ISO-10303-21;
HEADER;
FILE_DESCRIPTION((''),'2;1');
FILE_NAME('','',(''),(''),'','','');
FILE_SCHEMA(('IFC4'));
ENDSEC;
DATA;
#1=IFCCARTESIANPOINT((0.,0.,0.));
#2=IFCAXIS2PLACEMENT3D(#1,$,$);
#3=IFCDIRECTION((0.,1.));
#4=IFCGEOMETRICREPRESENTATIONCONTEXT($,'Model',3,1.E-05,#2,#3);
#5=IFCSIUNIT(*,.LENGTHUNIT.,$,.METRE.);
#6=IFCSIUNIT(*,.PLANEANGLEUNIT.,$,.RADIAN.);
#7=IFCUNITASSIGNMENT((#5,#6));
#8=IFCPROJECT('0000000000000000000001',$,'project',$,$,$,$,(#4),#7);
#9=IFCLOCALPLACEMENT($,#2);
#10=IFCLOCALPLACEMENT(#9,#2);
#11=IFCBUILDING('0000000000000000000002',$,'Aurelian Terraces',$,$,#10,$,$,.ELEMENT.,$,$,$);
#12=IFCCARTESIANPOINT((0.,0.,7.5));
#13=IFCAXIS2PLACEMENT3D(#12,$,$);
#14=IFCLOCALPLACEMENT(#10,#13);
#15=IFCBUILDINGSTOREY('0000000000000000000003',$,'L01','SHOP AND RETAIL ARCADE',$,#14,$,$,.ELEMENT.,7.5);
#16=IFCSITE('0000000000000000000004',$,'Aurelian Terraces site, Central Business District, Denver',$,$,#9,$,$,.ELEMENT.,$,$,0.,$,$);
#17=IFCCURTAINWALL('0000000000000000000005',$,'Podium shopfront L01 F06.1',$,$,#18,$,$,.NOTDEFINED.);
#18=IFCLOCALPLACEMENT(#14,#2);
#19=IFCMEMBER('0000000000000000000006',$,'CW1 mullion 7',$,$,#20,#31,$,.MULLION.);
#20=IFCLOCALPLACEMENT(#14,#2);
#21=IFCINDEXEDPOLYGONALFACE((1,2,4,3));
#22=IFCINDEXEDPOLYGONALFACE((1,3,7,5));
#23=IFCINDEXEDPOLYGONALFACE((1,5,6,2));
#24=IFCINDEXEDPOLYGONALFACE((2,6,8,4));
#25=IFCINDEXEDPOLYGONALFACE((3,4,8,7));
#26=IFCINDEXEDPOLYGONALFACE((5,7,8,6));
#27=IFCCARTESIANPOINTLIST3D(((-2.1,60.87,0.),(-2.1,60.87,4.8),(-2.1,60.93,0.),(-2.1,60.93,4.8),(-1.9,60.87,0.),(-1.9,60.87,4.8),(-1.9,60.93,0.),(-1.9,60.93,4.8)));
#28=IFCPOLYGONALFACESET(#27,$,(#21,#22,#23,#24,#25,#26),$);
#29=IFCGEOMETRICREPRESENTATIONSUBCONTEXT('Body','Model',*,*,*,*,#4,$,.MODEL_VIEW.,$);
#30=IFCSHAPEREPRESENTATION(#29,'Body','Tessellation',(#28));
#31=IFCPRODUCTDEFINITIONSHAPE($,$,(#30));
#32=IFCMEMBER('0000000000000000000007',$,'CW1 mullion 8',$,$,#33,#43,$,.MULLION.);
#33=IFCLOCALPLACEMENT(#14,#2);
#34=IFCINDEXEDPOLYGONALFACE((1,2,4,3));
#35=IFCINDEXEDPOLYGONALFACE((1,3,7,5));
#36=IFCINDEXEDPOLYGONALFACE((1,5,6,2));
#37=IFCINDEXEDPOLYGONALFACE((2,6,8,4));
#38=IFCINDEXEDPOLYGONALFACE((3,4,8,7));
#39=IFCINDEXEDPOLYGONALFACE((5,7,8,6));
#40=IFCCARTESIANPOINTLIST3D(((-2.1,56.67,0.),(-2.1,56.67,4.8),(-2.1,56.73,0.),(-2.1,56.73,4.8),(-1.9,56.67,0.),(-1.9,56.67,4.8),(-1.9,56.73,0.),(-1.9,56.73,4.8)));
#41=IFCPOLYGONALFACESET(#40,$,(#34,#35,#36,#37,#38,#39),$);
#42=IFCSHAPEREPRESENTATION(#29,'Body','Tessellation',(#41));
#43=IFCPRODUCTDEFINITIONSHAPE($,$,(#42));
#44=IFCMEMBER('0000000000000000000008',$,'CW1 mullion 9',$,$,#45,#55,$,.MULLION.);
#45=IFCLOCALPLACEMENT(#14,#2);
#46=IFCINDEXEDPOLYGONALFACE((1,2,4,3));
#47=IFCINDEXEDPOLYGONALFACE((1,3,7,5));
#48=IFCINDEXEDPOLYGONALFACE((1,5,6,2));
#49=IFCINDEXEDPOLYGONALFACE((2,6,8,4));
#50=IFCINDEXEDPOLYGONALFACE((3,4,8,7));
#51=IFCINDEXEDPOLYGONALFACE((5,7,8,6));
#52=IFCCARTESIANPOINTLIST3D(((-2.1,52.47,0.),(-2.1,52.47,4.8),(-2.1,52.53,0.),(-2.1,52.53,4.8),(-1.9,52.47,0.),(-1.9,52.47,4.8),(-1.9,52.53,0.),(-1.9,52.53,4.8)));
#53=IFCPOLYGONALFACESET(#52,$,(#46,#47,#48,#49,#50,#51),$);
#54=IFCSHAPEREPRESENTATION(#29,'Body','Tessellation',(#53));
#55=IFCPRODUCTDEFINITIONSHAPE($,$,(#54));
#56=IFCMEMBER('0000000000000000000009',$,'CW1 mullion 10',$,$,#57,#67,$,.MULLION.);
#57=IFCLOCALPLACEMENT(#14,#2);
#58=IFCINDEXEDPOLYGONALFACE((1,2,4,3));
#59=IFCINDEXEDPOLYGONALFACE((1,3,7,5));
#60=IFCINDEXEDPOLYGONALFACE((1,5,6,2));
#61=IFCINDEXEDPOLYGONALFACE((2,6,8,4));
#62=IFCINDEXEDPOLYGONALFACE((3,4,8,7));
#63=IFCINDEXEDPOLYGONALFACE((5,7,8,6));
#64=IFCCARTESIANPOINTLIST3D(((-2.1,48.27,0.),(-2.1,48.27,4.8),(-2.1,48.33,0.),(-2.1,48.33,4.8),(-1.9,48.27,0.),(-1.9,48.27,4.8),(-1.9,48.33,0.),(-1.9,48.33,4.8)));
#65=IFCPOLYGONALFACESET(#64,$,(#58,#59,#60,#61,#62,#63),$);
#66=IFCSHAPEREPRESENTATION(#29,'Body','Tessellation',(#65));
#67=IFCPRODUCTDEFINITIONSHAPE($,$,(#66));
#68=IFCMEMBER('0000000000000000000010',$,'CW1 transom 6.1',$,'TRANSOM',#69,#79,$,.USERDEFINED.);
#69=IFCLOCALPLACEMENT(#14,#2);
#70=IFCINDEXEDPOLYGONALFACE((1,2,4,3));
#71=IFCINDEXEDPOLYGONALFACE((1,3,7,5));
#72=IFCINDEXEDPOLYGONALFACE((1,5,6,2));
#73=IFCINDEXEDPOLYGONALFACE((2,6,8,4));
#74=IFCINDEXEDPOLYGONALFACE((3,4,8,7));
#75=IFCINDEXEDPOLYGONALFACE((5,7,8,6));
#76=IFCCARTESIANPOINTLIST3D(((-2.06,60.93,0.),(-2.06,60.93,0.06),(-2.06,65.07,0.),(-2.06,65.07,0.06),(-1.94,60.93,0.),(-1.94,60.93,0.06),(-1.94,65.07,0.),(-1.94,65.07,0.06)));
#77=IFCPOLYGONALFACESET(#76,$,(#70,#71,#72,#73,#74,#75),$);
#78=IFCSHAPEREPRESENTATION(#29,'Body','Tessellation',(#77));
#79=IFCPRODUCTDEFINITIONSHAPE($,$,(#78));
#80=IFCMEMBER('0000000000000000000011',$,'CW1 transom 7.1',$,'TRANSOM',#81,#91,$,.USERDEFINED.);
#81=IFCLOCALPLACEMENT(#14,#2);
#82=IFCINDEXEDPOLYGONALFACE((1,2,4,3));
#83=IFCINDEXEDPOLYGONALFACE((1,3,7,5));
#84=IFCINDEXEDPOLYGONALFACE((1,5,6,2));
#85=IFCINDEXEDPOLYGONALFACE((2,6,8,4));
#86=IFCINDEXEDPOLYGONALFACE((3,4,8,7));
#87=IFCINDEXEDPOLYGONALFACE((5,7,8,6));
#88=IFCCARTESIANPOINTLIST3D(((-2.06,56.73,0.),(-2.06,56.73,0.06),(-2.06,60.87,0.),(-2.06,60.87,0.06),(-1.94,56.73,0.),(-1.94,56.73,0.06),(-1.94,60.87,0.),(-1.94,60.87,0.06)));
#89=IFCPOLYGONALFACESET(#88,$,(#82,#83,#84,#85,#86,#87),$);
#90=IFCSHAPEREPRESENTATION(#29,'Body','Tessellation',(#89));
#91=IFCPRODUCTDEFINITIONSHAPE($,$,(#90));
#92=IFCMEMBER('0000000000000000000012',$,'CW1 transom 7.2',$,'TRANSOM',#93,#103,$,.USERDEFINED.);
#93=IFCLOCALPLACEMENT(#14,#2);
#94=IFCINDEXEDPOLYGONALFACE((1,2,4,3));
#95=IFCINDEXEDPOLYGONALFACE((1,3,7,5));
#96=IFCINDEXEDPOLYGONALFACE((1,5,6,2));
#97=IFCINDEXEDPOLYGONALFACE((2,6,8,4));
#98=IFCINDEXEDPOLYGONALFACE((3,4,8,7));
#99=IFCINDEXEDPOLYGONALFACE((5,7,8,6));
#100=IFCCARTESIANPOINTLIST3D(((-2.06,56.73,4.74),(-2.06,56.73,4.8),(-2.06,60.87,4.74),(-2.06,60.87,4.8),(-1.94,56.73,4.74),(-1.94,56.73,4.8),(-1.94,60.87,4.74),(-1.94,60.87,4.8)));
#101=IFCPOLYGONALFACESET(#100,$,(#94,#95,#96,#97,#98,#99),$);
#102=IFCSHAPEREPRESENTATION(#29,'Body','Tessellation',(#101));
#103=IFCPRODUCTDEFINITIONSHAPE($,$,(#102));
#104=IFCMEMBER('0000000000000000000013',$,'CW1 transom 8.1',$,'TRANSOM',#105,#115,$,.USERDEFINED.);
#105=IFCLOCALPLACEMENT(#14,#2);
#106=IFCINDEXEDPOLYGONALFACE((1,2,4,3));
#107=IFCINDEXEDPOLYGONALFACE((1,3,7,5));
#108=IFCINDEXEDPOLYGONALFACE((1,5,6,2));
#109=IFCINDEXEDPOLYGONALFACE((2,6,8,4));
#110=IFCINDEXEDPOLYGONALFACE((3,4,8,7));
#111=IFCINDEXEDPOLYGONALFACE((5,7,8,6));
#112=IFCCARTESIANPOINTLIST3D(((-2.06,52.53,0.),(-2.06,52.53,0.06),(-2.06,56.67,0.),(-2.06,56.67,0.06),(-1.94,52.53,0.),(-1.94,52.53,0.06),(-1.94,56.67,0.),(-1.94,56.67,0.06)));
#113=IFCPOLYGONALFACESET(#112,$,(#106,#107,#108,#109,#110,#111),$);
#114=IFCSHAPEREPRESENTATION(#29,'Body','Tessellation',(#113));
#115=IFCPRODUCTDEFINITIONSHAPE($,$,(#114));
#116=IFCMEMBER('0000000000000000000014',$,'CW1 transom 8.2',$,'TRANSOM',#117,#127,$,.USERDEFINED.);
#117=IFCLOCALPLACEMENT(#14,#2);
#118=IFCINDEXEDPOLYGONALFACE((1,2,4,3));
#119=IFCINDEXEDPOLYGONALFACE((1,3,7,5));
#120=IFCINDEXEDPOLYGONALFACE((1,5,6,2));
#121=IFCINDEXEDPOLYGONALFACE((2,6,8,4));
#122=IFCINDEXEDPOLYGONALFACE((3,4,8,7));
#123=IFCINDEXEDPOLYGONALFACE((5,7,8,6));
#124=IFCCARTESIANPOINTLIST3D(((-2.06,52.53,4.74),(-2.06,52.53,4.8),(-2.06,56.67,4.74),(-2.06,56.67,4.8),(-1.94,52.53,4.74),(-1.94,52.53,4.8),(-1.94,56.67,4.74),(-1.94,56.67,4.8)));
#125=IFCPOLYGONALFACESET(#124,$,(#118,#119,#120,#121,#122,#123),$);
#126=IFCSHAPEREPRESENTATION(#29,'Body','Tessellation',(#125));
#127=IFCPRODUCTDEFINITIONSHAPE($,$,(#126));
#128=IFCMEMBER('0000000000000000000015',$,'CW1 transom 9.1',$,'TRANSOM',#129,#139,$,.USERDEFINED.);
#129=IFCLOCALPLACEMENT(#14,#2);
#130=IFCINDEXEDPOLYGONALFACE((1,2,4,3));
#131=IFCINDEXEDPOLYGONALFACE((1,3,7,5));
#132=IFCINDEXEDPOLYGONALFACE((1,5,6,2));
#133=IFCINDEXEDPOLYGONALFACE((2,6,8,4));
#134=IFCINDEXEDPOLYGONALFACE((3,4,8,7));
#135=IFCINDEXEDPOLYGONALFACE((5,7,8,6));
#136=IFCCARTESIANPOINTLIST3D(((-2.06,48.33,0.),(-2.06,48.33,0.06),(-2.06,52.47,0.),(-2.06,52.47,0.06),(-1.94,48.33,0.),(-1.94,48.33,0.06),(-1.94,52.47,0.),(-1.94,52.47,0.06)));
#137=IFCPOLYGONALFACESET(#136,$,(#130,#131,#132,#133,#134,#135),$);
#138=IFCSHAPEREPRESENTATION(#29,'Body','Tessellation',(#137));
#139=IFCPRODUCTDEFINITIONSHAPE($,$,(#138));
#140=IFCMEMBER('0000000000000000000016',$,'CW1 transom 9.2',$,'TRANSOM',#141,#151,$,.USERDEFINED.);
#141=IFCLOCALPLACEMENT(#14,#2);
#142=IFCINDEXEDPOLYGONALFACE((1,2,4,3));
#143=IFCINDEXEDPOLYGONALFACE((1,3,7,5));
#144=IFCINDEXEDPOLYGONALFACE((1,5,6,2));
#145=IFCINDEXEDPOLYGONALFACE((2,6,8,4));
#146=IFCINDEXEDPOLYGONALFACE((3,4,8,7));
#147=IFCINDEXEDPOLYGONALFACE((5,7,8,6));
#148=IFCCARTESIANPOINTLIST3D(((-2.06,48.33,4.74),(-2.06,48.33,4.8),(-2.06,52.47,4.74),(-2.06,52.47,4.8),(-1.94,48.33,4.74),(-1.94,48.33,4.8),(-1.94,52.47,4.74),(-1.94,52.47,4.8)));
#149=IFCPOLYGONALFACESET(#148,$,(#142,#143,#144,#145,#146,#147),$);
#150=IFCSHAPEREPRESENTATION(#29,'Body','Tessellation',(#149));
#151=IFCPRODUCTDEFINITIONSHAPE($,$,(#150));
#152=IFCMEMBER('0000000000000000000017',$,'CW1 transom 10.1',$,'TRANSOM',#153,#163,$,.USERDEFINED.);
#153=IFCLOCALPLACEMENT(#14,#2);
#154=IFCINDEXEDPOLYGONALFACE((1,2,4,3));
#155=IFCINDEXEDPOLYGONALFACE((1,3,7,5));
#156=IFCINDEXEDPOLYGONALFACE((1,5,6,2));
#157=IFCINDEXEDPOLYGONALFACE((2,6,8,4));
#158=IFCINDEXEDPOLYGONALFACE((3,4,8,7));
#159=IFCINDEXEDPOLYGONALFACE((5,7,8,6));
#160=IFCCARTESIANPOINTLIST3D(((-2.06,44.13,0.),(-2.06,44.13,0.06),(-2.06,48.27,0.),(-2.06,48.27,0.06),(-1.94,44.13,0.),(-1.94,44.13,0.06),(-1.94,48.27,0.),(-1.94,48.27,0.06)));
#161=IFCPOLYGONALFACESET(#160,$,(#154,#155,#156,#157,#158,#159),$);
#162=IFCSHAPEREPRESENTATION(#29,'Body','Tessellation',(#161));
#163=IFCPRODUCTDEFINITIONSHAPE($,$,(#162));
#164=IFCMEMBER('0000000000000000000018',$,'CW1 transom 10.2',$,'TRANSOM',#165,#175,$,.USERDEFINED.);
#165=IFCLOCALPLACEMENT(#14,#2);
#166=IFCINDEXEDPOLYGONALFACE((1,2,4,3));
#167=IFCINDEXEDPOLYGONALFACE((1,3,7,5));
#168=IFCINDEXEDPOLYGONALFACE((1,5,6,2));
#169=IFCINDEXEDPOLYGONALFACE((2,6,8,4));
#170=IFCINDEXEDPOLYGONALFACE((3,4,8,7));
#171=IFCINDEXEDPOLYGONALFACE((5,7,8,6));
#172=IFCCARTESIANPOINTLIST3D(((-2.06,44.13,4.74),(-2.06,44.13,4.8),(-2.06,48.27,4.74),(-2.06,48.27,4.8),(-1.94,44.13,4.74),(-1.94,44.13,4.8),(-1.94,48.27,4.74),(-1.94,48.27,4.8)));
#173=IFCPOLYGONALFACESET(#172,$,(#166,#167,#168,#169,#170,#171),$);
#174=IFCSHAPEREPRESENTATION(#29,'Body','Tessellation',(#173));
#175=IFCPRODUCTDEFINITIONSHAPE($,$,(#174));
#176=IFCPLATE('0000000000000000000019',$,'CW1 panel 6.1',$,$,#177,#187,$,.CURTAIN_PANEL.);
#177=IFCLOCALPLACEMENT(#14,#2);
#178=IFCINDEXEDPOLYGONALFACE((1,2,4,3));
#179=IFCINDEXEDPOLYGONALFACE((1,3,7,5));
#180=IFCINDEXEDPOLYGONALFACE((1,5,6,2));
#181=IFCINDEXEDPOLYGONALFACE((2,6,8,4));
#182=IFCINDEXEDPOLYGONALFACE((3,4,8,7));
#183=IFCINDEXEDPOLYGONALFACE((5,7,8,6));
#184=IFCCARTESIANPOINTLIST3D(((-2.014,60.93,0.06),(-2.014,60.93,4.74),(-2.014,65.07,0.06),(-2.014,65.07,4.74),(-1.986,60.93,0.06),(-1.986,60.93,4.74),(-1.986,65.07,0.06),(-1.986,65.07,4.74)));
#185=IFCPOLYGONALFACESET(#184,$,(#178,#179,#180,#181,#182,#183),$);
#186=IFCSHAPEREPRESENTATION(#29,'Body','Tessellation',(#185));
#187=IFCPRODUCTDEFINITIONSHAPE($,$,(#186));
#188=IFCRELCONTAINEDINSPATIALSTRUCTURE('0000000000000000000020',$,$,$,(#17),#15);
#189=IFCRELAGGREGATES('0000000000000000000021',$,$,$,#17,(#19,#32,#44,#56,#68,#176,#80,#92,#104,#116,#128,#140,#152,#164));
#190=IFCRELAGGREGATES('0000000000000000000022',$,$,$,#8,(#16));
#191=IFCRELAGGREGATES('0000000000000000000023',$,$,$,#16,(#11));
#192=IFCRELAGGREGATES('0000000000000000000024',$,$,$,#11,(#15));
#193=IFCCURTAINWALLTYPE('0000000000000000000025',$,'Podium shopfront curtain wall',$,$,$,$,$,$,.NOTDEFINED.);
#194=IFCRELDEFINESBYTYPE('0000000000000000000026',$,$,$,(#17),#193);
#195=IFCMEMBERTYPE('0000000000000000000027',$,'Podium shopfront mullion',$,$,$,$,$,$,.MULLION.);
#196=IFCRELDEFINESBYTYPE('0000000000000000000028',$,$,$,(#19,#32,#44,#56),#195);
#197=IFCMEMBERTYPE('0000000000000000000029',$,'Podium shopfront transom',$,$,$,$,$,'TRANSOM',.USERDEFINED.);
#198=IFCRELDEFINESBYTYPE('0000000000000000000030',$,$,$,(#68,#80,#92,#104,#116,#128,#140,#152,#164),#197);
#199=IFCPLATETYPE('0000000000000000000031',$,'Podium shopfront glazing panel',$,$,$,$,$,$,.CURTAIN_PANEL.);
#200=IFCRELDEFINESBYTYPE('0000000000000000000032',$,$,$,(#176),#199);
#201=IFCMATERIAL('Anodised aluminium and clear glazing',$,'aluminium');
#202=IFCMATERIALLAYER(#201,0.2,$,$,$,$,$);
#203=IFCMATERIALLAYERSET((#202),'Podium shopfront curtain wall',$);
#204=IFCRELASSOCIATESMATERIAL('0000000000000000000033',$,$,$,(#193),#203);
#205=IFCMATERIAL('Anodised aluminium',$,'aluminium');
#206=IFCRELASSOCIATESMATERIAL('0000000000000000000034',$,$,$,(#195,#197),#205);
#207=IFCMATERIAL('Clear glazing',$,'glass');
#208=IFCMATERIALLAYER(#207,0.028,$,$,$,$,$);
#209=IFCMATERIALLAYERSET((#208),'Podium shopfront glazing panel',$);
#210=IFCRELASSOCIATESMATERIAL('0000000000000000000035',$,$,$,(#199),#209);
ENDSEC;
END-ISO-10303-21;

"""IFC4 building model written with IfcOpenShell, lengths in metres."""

from ifc_helpers import new_model, si_unit, direction, frame, origin, origin_2d, place, context, subcontext, project, spatial, rectangle, extrude, source, transform, mapped, material, layer, layer_set, material_profile, profile_set, type_object, element, aggregate, save


model = new_model("IFC4")

# Units and contexts
model_context = context("Model", 3, precision=1e-05, world=origin(), true_north=direction((0.0, 1.0)))
body_context = subcontext(model_context, "Body", "Model", "MODEL_VIEW")
ifc_project = project(units=[si_unit("LENGTHUNIT", "METRE"), si_unit("PLANEANGLEUNIT", "RADIAN")], contexts=[model_context])

# Site, building, storey
site_placement = place(None, origin())
site = spatial("IfcSite", under=ifc_project, at=site_placement, Name="Aurelian Terraces site, Central Business District, Denver", CompositionType="ELEMENT", RefElevation=0.0)
building_placement = place(site_placement, origin())
building = spatial("IfcBuilding", under=site, at=building_placement, Name="Aurelian Terraces", CompositionType="ELEMENT")
storey_placement = place(building_placement, frame((0.0, 0.0, 7.5)))
storey = spatial("IfcBuildingStorey", under=building, at=storey_placement, Name="L01", Description="SHOP AND RETAIL ARCADE", CompositionType="ELEMENT", Elevation=7.5)

# Curtain wall, members, plate
ifc_material_1 = material(Name="Anodised aluminium and clear glazing", Category="aluminium")
ifc_layer_1 = layer(ifc_material_1, 0.2)
ifc_layer_set_1 = layer_set([ifc_layer_1], Name="Podium shopfront curtain wall")
curtain_wall_type = type_object("IfcCurtainWallType", Name="Podium shopfront curtain wall", PredefinedType="NOTDEFINED", material=ifc_layer_set_1)
curtain_wall_placement = place(storey_placement, origin())
curtain_wall = element("IfcCurtainWall", 1, at=curtain_wall_placement, inside=storey, type_object=curtain_wall_type, Name="Podium shopfront L01 F06.1", PredefinedType="NOTDEFINED")
ifc_material_2 = material(Name="Anodised aluminium", Category="aluminium")
ifc_material_profile_1 = material_profile(ifc_material_2, rectangle(XDim=0.2, YDim=0.06, at=origin_2d()))
ifc_profile_set_1 = profile_set([ifc_material_profile_1], Name="Anodised aluminium")
member_type_1 = type_object("IfcMemberType", Name="Podium shopfront mullion", PredefinedType="MULLION", material=ifc_profile_set_1)
shared_shape_1 = source(origin(), body_context, "Body", "SweptSolid", [
    extrude(rectangle(XDim=0.2, YDim=0.06, at=origin_2d()), origin(), (0.0, 0.0, 1.0), 4.8),
])
member_1_placement = place(storey_placement, frame((-2.0, 60.9, 0.0), z_axis=(0.0, 0.0, 1.0), x_axis=(1.0, 0.0, 0.0)))
member_1 = element("IfcMember", 2, at=member_1_placement, type_object=member_type_1, Name="CW1 mullion 7", PredefinedType="MULLION", context=body_context, shape_type="MappedRepresentation", body=[
    mapped(shared_shape_1, transform((0.0, 0.0, 0.0), scale=1.0)),
])
member_2_placement = place(storey_placement, frame((-2.0, 56.7, 0.0), z_axis=(0.0, 0.0, 1.0), x_axis=(1.0, 0.0, 0.0)))
member_2 = element("IfcMember", 3, at=member_2_placement, type_object=member_type_1, Name="CW1 mullion 8", PredefinedType="MULLION", context=body_context, shape_type="MappedRepresentation", body=[
    mapped(shared_shape_1, transform((0.0, 0.0, 0.0), scale=1.0)),
])
member_3_placement = place(storey_placement, frame((-2.0, 52.5, 0.0), z_axis=(0.0, 0.0, 1.0), x_axis=(1.0, 0.0, 0.0)))
member_3 = element("IfcMember", 4, at=member_3_placement, type_object=member_type_1, Name="CW1 mullion 9", PredefinedType="MULLION", context=body_context, shape_type="MappedRepresentation", body=[
    mapped(shared_shape_1, transform((0.0, 0.0, 0.0), scale=1.0)),
])
member_4_placement = place(storey_placement, frame((-2.0, 48.3, 0.0), z_axis=(0.0, 0.0, 1.0), x_axis=(1.0, 0.0, 0.0)))
member_4 = element("IfcMember", 5, at=member_4_placement, type_object=member_type_1, Name="CW1 mullion 10", PredefinedType="MULLION", context=body_context, shape_type="MappedRepresentation", body=[
    mapped(shared_shape_1, transform((0.0, 0.0, 0.0), scale=1.0)),
])
ifc_material_profile_2 = material_profile(ifc_material_2, rectangle(XDim=0.12, YDim=0.06, at=origin_2d()))
ifc_profile_set_2 = profile_set([ifc_material_profile_2], Name="Anodised aluminium")
member_type_2 = type_object("IfcMemberType", Name="Podium shopfront transom", ElementType="TRANSOM", PredefinedType="USERDEFINED", material=ifc_profile_set_2)
shared_shape_2 = source(origin(), body_context, "Body", "SweptSolid", [
    extrude(rectangle(XDim=0.12, YDim=0.06, at=origin_2d()), origin(), (0.0, 0.0, 1.0), 4.14),
])
member_5_placement = place(storey_placement, frame((-2.0, 65.07, 0.03), z_axis=(0.0, -1.0, 0.0), x_axis=(1.0, 0.0, 0.0)))
member_5 = element("IfcMember", 6, at=member_5_placement, type_object=member_type_2, Name="CW1 transom 6.1", ObjectType="TRANSOM", PredefinedType="USERDEFINED", context=body_context, shape_type="MappedRepresentation", body=[
    mapped(shared_shape_2, transform((0.0, 0.0, 0.0), scale=1.0)),
])
member_6_placement = place(storey_placement, frame((-2.0, 60.87, 0.03), z_axis=(0.0, -1.0, 0.0), x_axis=(1.0, 0.0, 0.0)))
member_6 = element("IfcMember", 7, at=member_6_placement, type_object=member_type_2, Name="CW1 transom 7.1", ObjectType="TRANSOM", PredefinedType="USERDEFINED", context=body_context, shape_type="MappedRepresentation", body=[
    mapped(shared_shape_2, transform((0.0, 0.0, 0.0), scale=1.0)),
])
member_7_placement = place(storey_placement, frame((-2.0, 60.87, 4.77), z_axis=(0.0, -1.0, 0.0), x_axis=(1.0, 0.0, 0.0)))
member_7 = element("IfcMember", 8, at=member_7_placement, type_object=member_type_2, Name="CW1 transom 7.2", ObjectType="TRANSOM", PredefinedType="USERDEFINED", context=body_context, shape_type="MappedRepresentation", body=[
    mapped(shared_shape_2, transform((0.0, 0.0, 0.0), scale=1.0)),
])
member_8_placement = place(storey_placement, frame((-2.0, 56.67, 0.03), z_axis=(0.0, -1.0, 0.0), x_axis=(1.0, 0.0, 0.0)))
member_8 = element("IfcMember", 9, at=member_8_placement, type_object=member_type_2, Name="CW1 transom 8.1", ObjectType="TRANSOM", PredefinedType="USERDEFINED", context=body_context, shape_type="MappedRepresentation", body=[
    mapped(shared_shape_2, transform((0.0, 0.0, 0.0), scale=1.0)),
])
member_9_placement = place(storey_placement, frame((-2.0, 56.67, 4.77), z_axis=(0.0, -1.0, 0.0), x_axis=(1.0, 0.0, 0.0)))
member_9 = element("IfcMember", 10, at=member_9_placement, type_object=member_type_2, Name="CW1 transom 8.2", ObjectType="TRANSOM", PredefinedType="USERDEFINED", context=body_context, shape_type="MappedRepresentation", body=[
    mapped(shared_shape_2, transform((0.0, 0.0, 0.0), scale=1.0)),
])
member_10_placement = place(storey_placement, frame((-2.0, 52.47, 0.03), z_axis=(0.0, -1.0, 0.0), x_axis=(1.0, 0.0, 0.0)))
member_10 = element("IfcMember", 11, at=member_10_placement, type_object=member_type_2, Name="CW1 transom 9.1", ObjectType="TRANSOM", PredefinedType="USERDEFINED", context=body_context, shape_type="MappedRepresentation", body=[
    mapped(shared_shape_2, transform((0.0, 0.0, 0.0), scale=1.0)),
])
member_11_placement = place(storey_placement, frame((-2.0, 52.47, 4.77), z_axis=(0.0, -1.0, 0.0), x_axis=(1.0, 0.0, 0.0)))
member_11 = element("IfcMember", 12, at=member_11_placement, type_object=member_type_2, Name="CW1 transom 9.2", ObjectType="TRANSOM", PredefinedType="USERDEFINED", context=body_context, shape_type="MappedRepresentation", body=[
    mapped(shared_shape_2, transform((0.0, 0.0, 0.0), scale=1.0)),
])
member_12_placement = place(storey_placement, frame((-2.0, 48.27, 0.03), z_axis=(0.0, -1.0, 0.0), x_axis=(1.0, 0.0, 0.0)))
member_12 = element("IfcMember", 13, at=member_12_placement, type_object=member_type_2, Name="CW1 transom 10.1", ObjectType="TRANSOM", PredefinedType="USERDEFINED", context=body_context, shape_type="MappedRepresentation", body=[
    mapped(shared_shape_2, transform((0.0, 0.0, 0.0), scale=1.0)),
])
member_13_placement = place(storey_placement, frame((-2.0, 48.27, 4.77), z_axis=(0.0, -1.0, 0.0), x_axis=(1.0, 0.0, 0.0)))
member_13 = element("IfcMember", 14, at=member_13_placement, type_object=member_type_2, Name="CW1 transom 10.2", ObjectType="TRANSOM", PredefinedType="USERDEFINED", context=body_context, shape_type="MappedRepresentation", body=[
    mapped(shared_shape_2, transform((0.0, 0.0, 0.0), scale=1.0)),
])
ifc_material_3 = material(Name="Clear glazing", Category="glass")
ifc_layer_2 = layer(ifc_material_3, 0.028)
ifc_layer_set_2 = layer_set([ifc_layer_2], Name="Podium shopfront glazing panel")
plate_type = type_object("IfcPlateType", Name="Podium shopfront glazing panel", PredefinedType="CURTAIN_PANEL", material=ifc_layer_set_2)
shared_shape_3 = source(origin(), body_context, "Body", "SweptSolid", [
    extrude(rectangle(XDim=4.14, YDim=0.028, at=origin_2d()), origin(), (0.0, 0.0, 1.0), 4.68),
])
plate_1_placement = place(storey_placement, frame((-2.0, 63.0, 0.06), z_axis=(0.0, 0.0, 1.0), x_axis=(0.0, -1.0, 0.0)))
plate_1 = element("IfcPlate", 15, at=plate_1_placement, type_object=plate_type, Name="CW1 panel 6.1", PredefinedType="CURTAIN_PANEL", context=body_context, shape_type="MappedRepresentation", body=[
    mapped(shared_shape_3, transform((0.0, 0.0, 0.0), scale=1.0)),
])
aggregate(curtain_wall, [member_1, member_2, member_3, member_4, member_5, plate_1, member_6, member_7, member_8, member_9, member_10, member_11, member_12, member_13])

save(model, "model.ifc")
